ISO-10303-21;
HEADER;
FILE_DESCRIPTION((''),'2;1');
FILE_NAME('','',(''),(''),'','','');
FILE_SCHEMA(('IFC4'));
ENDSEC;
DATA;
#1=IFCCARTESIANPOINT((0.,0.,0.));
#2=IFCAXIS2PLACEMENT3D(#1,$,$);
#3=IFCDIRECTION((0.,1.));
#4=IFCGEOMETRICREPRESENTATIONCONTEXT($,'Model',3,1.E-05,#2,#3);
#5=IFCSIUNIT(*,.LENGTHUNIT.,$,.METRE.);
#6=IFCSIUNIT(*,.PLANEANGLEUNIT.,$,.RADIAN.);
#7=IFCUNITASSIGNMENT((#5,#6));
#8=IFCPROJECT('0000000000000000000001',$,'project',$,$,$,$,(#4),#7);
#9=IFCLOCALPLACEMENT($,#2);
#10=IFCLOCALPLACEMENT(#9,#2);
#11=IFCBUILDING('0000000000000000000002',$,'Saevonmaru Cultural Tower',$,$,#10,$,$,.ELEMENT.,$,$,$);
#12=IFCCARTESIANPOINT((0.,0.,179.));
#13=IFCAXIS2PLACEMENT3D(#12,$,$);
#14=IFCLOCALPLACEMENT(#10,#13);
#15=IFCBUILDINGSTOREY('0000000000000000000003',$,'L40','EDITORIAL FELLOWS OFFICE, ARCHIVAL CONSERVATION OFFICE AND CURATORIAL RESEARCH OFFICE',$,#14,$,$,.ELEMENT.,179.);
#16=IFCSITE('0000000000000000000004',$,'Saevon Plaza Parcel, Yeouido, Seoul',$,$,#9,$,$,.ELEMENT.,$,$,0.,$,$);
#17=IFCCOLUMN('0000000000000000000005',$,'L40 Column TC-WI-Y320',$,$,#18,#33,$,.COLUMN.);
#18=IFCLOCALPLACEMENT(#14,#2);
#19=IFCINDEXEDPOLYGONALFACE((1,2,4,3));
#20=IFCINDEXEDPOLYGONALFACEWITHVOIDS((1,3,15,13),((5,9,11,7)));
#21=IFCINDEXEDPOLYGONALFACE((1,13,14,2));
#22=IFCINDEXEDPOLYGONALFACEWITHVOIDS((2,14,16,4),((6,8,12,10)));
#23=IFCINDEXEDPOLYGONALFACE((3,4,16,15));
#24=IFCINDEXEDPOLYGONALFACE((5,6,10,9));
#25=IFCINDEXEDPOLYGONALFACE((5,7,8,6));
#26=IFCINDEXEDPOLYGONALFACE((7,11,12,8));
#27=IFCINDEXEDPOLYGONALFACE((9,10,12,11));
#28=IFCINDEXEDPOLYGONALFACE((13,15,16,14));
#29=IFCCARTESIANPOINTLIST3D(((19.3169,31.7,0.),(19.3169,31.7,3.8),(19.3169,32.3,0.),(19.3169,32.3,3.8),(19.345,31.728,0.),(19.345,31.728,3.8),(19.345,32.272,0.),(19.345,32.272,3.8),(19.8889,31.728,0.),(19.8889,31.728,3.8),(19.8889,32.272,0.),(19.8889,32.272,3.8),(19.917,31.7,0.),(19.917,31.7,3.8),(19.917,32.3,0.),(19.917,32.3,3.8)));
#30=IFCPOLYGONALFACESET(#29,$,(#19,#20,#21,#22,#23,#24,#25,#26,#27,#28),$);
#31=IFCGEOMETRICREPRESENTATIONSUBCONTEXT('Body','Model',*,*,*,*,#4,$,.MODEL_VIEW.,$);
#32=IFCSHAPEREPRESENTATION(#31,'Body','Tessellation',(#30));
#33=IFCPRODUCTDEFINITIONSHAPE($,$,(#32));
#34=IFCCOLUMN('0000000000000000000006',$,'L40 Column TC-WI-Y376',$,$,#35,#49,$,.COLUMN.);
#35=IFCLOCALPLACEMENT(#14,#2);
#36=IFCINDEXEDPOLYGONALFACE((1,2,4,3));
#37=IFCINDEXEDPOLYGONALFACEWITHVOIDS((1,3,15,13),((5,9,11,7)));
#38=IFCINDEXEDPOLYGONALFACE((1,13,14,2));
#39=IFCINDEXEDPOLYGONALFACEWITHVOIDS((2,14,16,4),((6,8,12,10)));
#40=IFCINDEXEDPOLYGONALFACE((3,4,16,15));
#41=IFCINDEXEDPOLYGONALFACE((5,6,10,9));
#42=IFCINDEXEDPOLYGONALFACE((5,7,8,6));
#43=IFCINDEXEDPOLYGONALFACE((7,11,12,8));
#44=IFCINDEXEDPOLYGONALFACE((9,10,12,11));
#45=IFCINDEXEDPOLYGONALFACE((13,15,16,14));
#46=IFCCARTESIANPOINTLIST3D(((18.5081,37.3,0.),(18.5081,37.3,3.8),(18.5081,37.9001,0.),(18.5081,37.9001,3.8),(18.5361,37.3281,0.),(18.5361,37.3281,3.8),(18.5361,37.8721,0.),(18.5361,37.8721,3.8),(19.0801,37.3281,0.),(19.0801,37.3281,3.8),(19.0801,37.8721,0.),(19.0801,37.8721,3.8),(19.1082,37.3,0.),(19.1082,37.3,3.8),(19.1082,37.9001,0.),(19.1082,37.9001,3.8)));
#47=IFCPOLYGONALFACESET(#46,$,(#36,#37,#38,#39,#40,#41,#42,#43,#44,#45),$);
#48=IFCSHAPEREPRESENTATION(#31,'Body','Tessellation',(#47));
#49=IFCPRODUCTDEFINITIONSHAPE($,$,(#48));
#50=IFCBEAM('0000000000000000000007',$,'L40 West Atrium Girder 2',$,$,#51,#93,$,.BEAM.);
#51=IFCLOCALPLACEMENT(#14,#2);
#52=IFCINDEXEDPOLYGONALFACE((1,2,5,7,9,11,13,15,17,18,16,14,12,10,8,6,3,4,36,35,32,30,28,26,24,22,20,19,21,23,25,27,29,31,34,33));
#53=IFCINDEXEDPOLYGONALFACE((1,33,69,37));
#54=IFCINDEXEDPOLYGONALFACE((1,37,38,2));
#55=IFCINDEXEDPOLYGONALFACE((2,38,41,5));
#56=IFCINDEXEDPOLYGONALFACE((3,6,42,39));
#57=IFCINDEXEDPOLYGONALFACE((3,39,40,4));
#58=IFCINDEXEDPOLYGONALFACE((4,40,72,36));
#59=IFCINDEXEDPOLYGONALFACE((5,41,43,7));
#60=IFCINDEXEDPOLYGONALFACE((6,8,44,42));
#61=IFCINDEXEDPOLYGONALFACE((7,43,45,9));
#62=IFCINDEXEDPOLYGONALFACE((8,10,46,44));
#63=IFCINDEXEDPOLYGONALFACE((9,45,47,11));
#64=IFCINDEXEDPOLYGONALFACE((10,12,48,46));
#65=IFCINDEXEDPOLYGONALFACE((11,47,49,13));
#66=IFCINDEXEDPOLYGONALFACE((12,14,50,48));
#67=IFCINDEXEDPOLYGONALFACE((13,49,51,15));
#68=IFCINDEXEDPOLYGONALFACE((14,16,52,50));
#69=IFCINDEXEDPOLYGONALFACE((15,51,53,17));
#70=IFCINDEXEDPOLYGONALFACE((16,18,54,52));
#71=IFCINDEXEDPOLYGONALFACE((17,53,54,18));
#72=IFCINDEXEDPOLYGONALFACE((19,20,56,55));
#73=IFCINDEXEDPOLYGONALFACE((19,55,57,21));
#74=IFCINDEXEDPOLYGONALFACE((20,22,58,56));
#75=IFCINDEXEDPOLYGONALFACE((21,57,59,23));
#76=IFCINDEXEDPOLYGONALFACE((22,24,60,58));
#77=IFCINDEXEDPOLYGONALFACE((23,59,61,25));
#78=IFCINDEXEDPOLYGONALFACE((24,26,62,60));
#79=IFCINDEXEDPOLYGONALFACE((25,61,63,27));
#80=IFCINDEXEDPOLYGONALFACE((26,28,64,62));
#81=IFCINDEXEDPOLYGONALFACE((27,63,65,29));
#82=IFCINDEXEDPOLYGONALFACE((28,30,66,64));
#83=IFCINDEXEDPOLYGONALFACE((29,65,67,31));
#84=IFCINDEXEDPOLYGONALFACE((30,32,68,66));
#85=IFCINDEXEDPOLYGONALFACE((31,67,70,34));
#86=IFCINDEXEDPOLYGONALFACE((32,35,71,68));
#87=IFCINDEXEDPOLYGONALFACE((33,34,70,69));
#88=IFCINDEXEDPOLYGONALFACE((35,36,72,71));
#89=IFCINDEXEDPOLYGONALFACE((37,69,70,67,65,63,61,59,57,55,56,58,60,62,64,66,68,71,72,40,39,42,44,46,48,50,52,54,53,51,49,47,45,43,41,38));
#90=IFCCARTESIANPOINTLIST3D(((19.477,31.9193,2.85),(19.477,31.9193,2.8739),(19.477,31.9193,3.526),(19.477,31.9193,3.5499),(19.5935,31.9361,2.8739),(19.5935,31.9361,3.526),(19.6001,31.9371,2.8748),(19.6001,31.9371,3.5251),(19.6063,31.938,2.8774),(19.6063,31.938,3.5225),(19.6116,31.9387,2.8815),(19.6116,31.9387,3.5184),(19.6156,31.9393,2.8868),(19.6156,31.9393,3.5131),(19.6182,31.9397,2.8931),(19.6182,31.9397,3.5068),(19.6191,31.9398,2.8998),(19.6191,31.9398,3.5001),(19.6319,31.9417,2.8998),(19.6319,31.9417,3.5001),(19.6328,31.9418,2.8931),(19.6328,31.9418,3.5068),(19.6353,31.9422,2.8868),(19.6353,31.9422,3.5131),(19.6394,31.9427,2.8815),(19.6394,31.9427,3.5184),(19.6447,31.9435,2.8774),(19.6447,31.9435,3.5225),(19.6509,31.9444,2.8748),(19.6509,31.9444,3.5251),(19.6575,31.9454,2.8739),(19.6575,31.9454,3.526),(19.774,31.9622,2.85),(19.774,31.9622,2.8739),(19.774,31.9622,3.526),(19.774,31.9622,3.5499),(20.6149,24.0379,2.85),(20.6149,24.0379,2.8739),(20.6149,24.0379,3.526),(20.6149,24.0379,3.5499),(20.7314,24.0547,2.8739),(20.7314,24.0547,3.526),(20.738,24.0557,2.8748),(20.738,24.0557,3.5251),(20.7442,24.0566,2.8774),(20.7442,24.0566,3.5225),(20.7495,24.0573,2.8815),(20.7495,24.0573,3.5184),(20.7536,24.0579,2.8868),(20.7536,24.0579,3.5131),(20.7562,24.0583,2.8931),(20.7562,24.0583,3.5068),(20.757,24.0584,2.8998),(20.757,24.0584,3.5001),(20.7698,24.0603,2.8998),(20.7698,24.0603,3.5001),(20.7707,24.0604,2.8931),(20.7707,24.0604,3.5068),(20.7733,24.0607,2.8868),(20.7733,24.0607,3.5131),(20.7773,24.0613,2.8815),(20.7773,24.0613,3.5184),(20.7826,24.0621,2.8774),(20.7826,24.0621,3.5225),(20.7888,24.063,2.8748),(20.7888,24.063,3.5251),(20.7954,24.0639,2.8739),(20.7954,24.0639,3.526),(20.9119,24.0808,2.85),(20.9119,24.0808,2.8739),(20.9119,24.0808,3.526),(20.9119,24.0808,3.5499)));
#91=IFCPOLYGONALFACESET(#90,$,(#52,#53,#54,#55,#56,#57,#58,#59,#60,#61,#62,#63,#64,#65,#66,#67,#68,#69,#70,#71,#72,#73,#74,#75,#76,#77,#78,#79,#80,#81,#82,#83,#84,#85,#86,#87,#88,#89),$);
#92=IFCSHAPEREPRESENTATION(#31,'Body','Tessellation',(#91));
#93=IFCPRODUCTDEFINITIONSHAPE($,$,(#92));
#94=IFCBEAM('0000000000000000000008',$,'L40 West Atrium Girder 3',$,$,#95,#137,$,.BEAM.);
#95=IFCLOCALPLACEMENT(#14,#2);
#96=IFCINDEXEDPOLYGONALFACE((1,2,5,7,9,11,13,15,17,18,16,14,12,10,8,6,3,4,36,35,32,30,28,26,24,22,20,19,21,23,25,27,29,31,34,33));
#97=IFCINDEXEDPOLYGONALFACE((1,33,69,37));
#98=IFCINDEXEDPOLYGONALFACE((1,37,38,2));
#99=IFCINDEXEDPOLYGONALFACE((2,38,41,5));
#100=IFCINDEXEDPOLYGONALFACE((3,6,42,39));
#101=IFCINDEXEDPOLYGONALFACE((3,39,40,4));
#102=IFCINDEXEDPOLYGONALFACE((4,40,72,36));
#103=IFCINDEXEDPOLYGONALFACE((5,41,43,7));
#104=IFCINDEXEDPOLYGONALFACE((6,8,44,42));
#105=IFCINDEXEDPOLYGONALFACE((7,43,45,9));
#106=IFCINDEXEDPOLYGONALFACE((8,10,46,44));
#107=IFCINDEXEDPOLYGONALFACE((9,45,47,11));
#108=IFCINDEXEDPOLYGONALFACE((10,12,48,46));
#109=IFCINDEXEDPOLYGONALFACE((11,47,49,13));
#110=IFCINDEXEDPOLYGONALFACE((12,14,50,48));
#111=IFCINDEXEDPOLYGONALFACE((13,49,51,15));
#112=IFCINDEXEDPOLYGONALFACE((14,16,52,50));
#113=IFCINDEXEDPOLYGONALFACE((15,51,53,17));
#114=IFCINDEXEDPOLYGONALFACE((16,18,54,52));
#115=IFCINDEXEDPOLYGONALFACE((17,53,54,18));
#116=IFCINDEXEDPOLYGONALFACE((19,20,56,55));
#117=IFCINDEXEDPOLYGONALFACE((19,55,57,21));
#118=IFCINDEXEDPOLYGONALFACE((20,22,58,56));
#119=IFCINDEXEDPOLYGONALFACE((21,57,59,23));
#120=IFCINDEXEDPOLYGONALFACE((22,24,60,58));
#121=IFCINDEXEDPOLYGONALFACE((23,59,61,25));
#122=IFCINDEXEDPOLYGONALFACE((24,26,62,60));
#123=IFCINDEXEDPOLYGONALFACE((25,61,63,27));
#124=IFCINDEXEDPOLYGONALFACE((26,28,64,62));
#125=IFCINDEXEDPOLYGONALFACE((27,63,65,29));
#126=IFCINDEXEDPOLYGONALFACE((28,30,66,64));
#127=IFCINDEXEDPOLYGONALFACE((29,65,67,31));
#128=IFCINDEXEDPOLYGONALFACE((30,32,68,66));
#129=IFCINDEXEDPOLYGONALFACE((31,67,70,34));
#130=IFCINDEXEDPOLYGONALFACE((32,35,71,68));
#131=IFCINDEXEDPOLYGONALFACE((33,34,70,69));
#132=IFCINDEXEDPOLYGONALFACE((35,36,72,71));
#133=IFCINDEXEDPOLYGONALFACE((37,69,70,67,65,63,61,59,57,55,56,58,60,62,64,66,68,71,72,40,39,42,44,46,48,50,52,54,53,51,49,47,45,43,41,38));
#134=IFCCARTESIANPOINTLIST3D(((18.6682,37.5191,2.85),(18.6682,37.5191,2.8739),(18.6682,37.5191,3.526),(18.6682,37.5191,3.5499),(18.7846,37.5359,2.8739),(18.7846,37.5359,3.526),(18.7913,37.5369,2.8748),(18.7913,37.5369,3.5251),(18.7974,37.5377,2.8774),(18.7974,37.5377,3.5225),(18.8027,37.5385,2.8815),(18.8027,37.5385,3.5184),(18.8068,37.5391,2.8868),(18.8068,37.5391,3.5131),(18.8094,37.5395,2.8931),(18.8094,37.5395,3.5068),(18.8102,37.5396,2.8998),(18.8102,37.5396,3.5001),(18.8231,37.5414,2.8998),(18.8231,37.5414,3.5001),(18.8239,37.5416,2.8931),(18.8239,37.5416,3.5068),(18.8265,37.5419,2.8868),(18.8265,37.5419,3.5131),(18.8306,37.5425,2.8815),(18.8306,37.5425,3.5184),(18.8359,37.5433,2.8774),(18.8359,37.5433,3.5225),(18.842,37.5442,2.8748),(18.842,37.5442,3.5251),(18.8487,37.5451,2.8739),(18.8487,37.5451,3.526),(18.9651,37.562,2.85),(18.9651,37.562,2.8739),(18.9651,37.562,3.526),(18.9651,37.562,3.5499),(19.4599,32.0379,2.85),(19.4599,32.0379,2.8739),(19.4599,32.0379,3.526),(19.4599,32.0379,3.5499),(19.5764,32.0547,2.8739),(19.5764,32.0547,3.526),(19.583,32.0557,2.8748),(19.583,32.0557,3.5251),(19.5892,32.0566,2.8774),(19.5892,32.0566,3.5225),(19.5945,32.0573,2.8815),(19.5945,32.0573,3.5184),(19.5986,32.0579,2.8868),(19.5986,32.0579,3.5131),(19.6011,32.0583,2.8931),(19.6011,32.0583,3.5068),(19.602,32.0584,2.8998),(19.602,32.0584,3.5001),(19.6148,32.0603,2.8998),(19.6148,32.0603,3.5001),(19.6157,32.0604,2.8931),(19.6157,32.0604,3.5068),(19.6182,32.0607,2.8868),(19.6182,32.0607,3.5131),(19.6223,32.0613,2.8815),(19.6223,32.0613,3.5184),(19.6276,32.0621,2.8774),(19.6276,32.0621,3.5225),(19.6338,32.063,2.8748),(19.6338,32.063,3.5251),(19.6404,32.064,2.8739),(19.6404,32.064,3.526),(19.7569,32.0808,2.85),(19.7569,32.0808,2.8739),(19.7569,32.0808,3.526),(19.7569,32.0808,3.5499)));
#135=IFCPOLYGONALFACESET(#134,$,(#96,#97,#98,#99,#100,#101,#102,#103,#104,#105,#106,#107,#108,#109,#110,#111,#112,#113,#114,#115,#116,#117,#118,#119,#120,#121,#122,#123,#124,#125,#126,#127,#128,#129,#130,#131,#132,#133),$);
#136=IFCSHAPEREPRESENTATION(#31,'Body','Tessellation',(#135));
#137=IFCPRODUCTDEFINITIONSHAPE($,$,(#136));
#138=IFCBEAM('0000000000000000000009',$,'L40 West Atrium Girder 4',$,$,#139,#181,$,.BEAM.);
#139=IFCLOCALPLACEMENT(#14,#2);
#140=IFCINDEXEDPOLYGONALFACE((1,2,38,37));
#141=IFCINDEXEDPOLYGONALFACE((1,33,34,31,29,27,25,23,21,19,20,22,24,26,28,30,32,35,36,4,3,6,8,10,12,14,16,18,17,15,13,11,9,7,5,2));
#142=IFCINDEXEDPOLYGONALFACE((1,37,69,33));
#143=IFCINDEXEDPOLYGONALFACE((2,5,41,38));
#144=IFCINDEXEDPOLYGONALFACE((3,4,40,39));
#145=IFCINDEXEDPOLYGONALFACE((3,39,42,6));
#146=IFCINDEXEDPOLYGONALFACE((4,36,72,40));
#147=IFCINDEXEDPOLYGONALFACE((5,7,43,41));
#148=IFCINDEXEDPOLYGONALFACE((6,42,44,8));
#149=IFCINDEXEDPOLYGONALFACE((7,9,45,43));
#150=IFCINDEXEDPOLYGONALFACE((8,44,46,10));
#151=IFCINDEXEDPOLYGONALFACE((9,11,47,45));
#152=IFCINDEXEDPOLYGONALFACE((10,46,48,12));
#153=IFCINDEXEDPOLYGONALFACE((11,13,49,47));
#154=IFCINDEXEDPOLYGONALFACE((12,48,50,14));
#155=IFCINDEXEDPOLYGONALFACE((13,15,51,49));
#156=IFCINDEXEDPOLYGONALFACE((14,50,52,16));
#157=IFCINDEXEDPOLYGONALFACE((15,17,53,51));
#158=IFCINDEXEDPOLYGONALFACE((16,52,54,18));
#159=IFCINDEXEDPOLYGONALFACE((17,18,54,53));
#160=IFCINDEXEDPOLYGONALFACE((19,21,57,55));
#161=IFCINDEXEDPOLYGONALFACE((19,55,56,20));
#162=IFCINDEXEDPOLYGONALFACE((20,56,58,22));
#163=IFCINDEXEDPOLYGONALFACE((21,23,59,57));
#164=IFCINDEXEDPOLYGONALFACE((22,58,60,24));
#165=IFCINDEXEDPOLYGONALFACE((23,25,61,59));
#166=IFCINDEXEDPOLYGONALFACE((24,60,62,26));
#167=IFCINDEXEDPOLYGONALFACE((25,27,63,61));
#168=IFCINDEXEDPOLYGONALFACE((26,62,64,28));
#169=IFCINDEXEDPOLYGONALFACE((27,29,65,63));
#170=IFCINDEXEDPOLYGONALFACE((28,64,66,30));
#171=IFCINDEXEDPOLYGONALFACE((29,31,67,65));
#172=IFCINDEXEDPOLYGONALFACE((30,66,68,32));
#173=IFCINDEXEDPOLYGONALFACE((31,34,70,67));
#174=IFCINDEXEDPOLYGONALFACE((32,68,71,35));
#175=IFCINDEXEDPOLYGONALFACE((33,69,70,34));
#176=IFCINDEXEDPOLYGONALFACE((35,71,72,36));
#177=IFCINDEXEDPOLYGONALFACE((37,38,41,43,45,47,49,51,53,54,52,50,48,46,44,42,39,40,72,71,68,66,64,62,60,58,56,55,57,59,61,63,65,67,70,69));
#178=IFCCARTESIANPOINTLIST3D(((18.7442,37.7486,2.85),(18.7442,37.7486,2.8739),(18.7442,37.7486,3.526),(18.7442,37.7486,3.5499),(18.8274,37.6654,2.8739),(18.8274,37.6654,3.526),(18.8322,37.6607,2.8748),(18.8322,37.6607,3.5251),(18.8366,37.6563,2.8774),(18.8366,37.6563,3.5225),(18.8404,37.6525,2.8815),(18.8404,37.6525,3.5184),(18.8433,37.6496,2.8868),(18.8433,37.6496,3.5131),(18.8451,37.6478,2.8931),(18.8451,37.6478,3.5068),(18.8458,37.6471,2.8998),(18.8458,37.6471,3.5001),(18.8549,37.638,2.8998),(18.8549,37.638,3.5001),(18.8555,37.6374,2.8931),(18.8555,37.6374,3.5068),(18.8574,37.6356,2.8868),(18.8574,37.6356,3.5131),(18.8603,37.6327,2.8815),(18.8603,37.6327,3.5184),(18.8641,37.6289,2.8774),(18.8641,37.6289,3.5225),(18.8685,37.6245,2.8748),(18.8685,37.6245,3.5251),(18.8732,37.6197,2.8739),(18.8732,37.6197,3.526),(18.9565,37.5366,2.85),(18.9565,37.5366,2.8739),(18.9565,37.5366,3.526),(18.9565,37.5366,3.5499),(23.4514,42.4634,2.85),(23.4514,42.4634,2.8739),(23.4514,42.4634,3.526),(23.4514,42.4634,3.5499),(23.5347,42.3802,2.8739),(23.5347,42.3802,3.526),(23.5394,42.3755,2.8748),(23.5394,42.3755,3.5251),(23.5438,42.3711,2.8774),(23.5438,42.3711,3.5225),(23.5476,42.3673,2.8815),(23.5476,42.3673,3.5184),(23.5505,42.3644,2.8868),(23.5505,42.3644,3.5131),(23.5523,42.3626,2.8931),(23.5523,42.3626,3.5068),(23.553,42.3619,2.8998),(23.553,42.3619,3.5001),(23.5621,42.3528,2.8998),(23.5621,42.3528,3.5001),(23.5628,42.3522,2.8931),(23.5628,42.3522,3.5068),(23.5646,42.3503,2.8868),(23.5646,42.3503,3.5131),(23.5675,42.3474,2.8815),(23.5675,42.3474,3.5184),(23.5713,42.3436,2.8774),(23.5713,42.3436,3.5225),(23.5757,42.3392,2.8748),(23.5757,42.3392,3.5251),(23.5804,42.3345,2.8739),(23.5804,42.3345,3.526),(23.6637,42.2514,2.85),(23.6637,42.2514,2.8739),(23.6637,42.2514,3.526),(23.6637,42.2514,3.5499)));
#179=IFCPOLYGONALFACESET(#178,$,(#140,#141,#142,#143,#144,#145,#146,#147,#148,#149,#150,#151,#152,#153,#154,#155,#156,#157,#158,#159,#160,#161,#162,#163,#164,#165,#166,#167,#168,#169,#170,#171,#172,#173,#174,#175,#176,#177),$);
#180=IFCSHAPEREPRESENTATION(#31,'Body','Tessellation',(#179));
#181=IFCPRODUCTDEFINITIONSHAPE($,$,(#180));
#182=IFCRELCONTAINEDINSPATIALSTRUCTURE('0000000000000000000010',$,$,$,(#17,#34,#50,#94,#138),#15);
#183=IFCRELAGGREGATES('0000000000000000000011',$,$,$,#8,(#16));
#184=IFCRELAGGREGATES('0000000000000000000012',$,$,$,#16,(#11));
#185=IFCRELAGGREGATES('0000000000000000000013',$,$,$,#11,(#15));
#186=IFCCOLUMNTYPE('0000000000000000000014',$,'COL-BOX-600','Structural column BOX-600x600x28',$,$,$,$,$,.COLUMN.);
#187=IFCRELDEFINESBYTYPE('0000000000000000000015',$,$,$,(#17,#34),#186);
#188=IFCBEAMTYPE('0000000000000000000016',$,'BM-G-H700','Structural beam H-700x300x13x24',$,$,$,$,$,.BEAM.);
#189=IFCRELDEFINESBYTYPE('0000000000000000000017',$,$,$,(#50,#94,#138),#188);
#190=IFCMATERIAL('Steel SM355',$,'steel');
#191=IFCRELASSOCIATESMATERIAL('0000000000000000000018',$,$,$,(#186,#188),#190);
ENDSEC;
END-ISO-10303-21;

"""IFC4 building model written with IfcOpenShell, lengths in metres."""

from ifc_helpers import new_model, si_unit, direction, frame, origin, origin_2d, place, context, subcontext, project, spatial, hollow_rectangle, i_section, extrude, material, material_profile, profile_set, type_object, element, save


model = new_model("IFC4")

# Units and contexts
model_context = context("Model", 3, precision=1e-05, world=origin(), true_north=direction((0.0, 1.0)))
body_context = subcontext(model_context, "Body", "Model", "MODEL_VIEW")
ifc_project = project(units=[si_unit("LENGTHUNIT", "METRE"), si_unit("PLANEANGLEUNIT", "RADIAN")], contexts=[model_context])

# Site, building, storey
site_placement = place(None, origin())
site = spatial("IfcSite", under=ifc_project, at=site_placement, Name="Saevon Plaza Parcel, Yeouido, Seoul", CompositionType="ELEMENT", RefElevation=0.0)
building_placement = place(site_placement, origin())
building = spatial("IfcBuilding", under=site, at=building_placement, Name="Saevonmaru Cultural Tower", CompositionType="ELEMENT")
storey_placement = place(building_placement, frame((0.0, 0.0, 179.0)))
storey = spatial("IfcBuildingStorey", under=building, at=storey_placement, Name="L40", Description="EDITORIAL FELLOWS OFFICE, ARCHIVAL CONSERVATION OFFICE AND CURATORIAL RESEARCH OFFICE", CompositionType="ELEMENT", Elevation=179.0)

# Columns
ifc_material_1 = material(Name="Steel SM355", Category="steel")
ifc_material_profile_1 = material_profile(ifc_material_1, hollow_rectangle(XDim=0.6001, YDim=0.6001, WallThickness=0.0281, at=origin_2d()), Name="BOX-600x600x28")
ifc_profile_set_1 = profile_set([ifc_material_profile_1], Name="Steel SM355")
column_type = type_object("IfcColumnType", Name="COL-BOX-600", Description="Structural column BOX-600x600x28", PredefinedType="COLUMN", material=ifc_profile_set_1)
for number, where, z_axis, x_axis, name in (
    (1, (19.6169, 32.0, 0.0), (0.0, 0.0, 1.0), (1.0, 0.0, 0.0), "L40 Column TC-WI-Y320"),
    (2, (18.8081, 37.6001, 0.0), (0.0, 0.0, 1.0), (1.0, 0.0, 0.0), "L40 Column TC-WI-Y376"),
):
    element("IfcColumn", number, at=place(storey_placement, frame(where, z_axis=z_axis, x_axis=x_axis)), inside=storey, type_object=column_type, Name=name, PredefinedType="COLUMN", context=body_context, shape_type="SweptSolid", body=[
        extrude(hollow_rectangle(XDim=0.6001, YDim=0.6001, WallThickness=0.0281, at=origin_2d()), origin(), (0.0, 0.0, 1.0), 3.8),
    ])

# Beams
ifc_material_profile_2 = material_profile(ifc_material_1, i_section(OverallWidth=0.3, OverallDepth=0.7, WebThickness=0.0129, FlangeThickness=0.0239, FilletRadius=0.0259, at=origin_2d()), Name="H-700x300x13x24")
ifc_profile_set_2 = profile_set([ifc_material_profile_2], Name="Steel SM355")
beam_type = type_object("IfcBeamType", Name="BM-G-H700", Description="Structural beam H-700x300x13x24", PredefinedType="BEAM", material=ifc_profile_set_2)
beam_1_placement = place(storey_placement, frame((20.7634, 24.0593, 3.2), z_axis=(-0.142902, 0.989737, 0.0), x_axis=(-0.989737, -0.142902, 0.0)))
element("IfcBeam", 3, at=beam_1_placement, inside=storey, type_object=beam_type, Name="L40 West Atrium Girder 2", PredefinedType="BEAM", context=body_context, shape_type="SweptSolid", body=[
    extrude(i_section(OverallWidth=0.3, OverallDepth=0.7, WebThickness=0.0129, FlangeThickness=0.0239, FilletRadius=0.0259, at=origin_2d()), origin(), (0.0, 0.0, 1.0), 7.9631),
])
beam_2_placement = place(storey_placement, frame((19.6084, 32.0593, 3.2), z_axis=(-0.142964, 0.989728, 0.0), x_axis=(-0.989728, -0.142964, 0.0)))
element("IfcBeam", 4, at=beam_2_placement, inside=storey, type_object=beam_type, Name="L40 West Atrium Girder 3", PredefinedType="BEAM", context=body_context, shape_type="SweptSolid", body=[
    extrude(i_section(OverallWidth=0.3, OverallDepth=0.7, WebThickness=0.0129, FlangeThickness=0.0239, FilletRadius=0.0259, at=origin_2d()), origin(), (0.0, 0.0, 1.0), 5.5381),
])
beam_3_placement = place(storey_placement, frame((18.8503, 37.6426, 3.2), z_axis=(0.706539, 0.707675, 0.0), x_axis=(-0.707675, 0.706539, 0.0)))
element("IfcBeam", 5, at=beam_3_placement, inside=storey, type_object=beam_type, Name="L40 West Atrium Girder 4", PredefinedType="BEAM", context=body_context, shape_type="SweptSolid", body=[
    extrude(i_section(OverallWidth=0.3, OverallDepth=0.7, WebThickness=0.0129, FlangeThickness=0.0239, FilletRadius=0.0259, at=origin_2d()), origin(), (0.0, 0.0, 1.0), 6.6624),
])

save(model, "model.ifc")
